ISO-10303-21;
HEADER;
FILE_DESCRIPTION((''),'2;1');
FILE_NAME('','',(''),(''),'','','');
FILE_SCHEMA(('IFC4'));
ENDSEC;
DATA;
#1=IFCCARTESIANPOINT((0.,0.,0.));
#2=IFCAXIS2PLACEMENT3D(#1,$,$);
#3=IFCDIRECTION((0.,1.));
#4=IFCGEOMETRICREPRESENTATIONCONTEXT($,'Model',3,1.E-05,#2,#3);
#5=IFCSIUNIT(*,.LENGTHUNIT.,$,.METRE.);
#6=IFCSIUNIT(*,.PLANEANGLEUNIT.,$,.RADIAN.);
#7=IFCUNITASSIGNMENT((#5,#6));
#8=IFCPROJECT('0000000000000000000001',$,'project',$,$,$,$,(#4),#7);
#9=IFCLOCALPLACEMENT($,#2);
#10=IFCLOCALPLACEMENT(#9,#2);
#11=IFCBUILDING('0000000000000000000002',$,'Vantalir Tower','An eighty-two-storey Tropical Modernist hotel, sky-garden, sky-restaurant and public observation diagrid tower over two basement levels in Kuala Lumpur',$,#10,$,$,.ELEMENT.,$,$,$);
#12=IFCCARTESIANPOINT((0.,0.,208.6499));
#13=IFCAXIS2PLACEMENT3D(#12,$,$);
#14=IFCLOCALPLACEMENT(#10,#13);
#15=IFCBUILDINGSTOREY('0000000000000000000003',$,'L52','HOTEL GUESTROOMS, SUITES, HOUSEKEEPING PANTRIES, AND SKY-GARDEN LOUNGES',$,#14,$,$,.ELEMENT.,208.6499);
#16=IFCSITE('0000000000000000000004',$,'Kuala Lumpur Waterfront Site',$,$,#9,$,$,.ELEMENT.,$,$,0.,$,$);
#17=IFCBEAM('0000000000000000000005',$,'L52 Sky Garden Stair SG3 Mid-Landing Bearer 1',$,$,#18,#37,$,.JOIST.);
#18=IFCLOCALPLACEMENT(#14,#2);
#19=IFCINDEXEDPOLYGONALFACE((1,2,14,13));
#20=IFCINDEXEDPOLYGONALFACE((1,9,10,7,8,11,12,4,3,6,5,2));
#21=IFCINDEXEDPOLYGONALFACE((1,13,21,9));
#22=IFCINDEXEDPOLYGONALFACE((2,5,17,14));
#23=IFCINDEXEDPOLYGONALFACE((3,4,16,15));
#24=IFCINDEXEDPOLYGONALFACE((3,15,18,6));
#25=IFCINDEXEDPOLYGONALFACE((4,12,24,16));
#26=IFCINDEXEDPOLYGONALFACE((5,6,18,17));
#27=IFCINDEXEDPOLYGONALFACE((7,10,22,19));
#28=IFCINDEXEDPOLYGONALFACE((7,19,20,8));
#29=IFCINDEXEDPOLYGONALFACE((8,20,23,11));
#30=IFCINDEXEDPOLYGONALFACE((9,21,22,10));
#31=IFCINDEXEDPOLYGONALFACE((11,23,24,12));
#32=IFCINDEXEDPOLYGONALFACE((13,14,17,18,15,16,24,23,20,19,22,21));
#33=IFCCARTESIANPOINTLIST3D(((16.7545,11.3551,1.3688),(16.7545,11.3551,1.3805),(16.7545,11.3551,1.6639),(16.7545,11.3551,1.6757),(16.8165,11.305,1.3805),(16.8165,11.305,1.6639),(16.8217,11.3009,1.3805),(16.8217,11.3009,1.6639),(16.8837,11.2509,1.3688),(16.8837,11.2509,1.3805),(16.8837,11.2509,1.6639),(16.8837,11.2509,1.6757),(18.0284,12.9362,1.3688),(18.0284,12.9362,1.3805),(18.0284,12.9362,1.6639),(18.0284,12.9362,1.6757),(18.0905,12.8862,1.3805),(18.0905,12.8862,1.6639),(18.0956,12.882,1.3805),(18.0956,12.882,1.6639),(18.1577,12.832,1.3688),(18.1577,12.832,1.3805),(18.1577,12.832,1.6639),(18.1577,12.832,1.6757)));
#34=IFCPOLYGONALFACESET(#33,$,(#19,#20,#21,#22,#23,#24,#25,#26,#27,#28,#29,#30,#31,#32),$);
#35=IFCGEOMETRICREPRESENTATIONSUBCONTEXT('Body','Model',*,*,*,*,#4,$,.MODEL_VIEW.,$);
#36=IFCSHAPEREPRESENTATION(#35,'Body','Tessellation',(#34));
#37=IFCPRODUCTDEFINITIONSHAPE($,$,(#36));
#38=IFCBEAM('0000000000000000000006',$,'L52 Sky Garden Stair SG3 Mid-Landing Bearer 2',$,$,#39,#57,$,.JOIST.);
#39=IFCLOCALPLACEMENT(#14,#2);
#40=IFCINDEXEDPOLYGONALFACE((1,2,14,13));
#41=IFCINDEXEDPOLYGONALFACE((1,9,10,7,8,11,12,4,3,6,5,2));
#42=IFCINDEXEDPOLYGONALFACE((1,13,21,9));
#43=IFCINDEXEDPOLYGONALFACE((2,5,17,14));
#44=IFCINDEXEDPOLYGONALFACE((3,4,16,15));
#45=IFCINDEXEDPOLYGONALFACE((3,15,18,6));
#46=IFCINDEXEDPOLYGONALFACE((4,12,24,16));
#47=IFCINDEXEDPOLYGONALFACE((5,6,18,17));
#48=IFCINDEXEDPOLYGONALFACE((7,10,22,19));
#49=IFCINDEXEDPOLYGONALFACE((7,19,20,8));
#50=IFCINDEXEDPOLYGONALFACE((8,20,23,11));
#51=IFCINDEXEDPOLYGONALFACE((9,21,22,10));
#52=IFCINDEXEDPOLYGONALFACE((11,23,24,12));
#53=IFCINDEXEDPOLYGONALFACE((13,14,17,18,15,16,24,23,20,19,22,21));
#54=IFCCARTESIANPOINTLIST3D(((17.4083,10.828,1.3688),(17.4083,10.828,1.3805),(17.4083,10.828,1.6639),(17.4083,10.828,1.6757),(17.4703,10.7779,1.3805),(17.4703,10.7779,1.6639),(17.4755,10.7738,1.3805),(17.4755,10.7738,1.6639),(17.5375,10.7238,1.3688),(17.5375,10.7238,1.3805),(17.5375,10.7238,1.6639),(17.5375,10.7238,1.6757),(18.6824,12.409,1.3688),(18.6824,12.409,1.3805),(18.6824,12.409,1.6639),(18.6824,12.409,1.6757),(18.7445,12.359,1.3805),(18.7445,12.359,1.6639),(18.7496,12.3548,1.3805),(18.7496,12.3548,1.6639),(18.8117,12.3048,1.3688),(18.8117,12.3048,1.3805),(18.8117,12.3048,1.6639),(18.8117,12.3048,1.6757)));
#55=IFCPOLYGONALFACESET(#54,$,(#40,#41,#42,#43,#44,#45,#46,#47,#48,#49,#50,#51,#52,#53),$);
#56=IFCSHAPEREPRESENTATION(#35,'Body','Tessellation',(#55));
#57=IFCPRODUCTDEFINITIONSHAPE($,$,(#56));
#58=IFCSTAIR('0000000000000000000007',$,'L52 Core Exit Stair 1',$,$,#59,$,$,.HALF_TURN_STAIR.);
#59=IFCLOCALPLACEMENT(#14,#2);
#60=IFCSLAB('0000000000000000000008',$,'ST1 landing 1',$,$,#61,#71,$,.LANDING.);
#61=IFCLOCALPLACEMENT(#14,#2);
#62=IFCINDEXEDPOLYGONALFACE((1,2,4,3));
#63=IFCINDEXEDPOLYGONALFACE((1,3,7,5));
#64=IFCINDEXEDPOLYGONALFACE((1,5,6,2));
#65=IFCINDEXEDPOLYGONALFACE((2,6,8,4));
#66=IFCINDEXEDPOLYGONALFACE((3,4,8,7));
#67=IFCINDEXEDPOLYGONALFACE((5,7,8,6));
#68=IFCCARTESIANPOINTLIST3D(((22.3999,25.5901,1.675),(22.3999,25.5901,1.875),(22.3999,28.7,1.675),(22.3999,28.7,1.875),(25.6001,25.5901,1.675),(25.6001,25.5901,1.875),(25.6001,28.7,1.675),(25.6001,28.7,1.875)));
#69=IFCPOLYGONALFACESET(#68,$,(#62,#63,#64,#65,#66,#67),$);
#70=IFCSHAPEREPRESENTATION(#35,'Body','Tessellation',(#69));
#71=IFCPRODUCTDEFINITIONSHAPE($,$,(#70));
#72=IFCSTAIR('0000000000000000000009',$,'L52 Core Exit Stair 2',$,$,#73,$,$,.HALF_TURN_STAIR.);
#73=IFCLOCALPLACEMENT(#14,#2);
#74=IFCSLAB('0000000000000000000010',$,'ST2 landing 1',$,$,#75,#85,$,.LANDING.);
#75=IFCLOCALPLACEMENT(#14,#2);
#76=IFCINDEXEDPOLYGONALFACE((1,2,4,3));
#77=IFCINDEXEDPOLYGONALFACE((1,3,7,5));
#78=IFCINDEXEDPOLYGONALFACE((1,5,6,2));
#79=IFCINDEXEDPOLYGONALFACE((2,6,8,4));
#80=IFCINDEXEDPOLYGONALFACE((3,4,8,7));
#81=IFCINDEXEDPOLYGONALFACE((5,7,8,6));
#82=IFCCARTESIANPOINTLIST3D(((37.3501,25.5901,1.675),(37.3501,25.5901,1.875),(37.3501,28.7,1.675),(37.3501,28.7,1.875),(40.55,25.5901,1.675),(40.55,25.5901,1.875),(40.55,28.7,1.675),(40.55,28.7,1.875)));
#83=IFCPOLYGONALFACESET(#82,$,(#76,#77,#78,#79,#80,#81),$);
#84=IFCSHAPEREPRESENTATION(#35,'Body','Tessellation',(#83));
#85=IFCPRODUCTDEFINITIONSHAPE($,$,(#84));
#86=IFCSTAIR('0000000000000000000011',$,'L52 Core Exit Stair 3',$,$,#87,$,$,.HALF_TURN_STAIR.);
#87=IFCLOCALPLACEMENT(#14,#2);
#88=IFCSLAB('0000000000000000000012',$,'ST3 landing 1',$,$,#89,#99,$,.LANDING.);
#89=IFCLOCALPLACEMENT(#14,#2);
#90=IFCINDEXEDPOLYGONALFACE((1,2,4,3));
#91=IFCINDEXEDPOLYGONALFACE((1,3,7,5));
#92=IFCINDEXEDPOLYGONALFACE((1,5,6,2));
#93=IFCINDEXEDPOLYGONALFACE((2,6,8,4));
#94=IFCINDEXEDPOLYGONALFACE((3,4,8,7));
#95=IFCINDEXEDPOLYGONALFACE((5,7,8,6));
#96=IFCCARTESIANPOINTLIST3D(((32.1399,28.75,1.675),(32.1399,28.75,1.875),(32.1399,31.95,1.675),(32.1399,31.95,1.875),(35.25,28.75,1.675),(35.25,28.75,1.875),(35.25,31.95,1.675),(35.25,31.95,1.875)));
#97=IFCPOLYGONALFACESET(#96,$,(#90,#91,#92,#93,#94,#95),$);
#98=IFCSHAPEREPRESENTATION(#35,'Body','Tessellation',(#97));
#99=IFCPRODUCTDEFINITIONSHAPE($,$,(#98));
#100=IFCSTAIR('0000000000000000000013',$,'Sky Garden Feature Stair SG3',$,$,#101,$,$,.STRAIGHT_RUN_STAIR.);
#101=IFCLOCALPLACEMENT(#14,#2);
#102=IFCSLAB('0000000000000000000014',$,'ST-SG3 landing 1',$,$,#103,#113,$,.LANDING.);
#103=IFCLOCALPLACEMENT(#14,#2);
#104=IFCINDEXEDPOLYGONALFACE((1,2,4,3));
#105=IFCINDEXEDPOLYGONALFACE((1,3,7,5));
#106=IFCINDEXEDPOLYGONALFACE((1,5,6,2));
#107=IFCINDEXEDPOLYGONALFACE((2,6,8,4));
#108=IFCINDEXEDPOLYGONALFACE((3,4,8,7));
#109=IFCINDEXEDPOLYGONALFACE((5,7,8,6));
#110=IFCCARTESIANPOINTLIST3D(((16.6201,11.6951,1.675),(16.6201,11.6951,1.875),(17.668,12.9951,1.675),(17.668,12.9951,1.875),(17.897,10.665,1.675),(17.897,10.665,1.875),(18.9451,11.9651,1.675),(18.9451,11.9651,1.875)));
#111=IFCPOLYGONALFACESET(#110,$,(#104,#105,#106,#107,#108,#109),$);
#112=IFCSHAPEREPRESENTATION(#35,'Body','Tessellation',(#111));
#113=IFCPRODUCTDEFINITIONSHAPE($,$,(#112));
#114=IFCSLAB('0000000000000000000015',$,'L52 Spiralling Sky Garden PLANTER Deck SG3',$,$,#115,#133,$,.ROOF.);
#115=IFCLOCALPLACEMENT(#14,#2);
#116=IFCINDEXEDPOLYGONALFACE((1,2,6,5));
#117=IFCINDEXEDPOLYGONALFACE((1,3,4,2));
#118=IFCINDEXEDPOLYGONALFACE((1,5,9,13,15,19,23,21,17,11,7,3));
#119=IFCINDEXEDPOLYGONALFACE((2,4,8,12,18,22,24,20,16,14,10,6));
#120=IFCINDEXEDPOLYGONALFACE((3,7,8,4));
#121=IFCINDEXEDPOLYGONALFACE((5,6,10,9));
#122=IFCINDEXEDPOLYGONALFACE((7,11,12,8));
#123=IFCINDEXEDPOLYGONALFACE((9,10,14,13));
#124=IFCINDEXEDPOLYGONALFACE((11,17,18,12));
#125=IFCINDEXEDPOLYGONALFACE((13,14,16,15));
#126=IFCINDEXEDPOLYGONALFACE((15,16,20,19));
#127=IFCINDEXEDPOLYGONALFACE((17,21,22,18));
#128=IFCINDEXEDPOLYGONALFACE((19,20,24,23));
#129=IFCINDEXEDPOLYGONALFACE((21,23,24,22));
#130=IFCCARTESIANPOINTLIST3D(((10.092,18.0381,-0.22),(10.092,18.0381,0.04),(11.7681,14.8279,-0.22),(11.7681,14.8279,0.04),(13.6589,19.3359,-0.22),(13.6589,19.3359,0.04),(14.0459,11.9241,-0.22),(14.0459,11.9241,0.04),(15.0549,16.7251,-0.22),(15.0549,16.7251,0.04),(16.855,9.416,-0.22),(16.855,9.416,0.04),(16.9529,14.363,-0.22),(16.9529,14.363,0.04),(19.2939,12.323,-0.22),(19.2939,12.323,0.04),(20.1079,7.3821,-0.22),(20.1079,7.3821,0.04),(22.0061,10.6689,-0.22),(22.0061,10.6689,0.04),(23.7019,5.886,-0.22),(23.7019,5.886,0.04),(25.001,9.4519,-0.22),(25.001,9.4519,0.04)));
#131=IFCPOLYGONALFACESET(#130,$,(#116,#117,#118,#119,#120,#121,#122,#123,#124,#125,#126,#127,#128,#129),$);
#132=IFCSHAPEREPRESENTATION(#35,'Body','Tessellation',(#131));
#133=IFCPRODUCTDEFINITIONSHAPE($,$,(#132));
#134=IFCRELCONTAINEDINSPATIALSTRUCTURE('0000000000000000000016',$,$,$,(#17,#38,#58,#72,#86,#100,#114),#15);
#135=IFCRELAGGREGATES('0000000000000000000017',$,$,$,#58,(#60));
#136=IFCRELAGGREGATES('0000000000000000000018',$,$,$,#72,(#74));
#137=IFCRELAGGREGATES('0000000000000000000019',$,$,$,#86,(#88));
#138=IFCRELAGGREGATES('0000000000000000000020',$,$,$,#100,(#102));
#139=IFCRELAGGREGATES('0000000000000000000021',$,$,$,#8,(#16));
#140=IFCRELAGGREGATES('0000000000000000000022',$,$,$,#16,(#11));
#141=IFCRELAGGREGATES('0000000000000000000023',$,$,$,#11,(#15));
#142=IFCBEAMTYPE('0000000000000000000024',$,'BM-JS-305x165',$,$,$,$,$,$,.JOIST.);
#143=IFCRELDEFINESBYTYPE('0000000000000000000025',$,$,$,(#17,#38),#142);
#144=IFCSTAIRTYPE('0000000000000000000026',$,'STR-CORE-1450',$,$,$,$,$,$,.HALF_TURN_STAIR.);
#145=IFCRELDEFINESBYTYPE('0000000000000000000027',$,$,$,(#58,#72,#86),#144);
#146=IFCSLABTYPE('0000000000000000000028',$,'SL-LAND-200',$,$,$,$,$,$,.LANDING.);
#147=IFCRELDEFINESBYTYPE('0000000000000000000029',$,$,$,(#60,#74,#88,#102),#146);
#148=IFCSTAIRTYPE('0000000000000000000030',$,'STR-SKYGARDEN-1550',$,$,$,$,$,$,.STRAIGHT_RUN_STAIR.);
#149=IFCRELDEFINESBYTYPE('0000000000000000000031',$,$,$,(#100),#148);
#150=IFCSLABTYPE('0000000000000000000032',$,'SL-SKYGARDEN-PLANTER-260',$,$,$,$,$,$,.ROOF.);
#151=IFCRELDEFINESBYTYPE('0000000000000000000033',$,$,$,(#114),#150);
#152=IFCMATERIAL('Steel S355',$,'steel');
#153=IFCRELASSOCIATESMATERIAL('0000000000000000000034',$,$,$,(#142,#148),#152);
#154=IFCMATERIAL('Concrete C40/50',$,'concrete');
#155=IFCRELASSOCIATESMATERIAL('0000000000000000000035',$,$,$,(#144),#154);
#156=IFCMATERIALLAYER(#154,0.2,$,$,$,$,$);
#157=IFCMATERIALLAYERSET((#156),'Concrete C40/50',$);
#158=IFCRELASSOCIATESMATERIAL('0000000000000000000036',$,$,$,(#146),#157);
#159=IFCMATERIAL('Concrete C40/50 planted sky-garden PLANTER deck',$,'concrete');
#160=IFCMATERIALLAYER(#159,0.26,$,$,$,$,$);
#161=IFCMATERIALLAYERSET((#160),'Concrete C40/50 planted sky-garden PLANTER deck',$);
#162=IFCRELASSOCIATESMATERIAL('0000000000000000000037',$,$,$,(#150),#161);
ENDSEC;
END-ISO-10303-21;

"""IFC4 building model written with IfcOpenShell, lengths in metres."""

from ifc_helpers import new_model, si_unit, direction, frame, origin, origin_2d, place, context, subcontext, project, spatial, polyline, i_section, outline, extrude, material, layer, layer_set, material_profile, profile_set, type_object, element, aggregate, save


model = new_model("IFC4")

# Units and contexts
model_context = context("Model", 3, precision=1e-05, world=origin(), true_north=direction((0.0, 1.0)))
body_context = subcontext(model_context, "Body", "Model", "MODEL_VIEW")
ifc_project = project(units=[si_unit("LENGTHUNIT", "METRE"), si_unit("PLANEANGLEUNIT", "RADIAN")], contexts=[model_context])

# Site, building, storey
site_placement = place(None, origin())
site = spatial("IfcSite", under=ifc_project, at=site_placement, Name="Kuala Lumpur Waterfront Site", CompositionType="ELEMENT", RefElevation=0.0)
building_placement = place(site_placement, origin())
building = spatial("IfcBuilding", under=site, at=building_placement, Name="Vantalir Tower", Description="An eighty-two-storey Tropical Modernist hotel, sky-garden, sky-restaurant and public observation diagrid tower over two basement levels in Kuala Lumpur", CompositionType="ELEMENT")
storey_placement = place(building_placement, frame((0.0, 0.0, 208.6499)))
storey = spatial("IfcBuildingStorey", under=building, at=storey_placement, Name="L52", Description="HOTEL GUESTROOMS, SUITES, HOUSEKEEPING PANTRIES, AND SKY-GARDEN LOUNGES", CompositionType="ELEMENT", Elevation=208.6499)

# Beams
ifc_material_1 = material(Name="Steel S355", Category="steel")
ifc_material_profile = material_profile(ifc_material_1, i_section(OverallWidth=0.166, OverallDepth=0.3069, WebThickness=0.0066, FlangeThickness=0.0117, at=origin_2d()), Name="Steel S355")
ifc_profile_set = profile_set([ifc_material_profile], Name="Steel S355")
beam_type = type_object("IfcBeamType", Name="BM-JS-305x165", PredefinedType="JOIST", material=ifc_profile_set)
for number, where, z_axis, x_axis, name in (
    (1, (16.8191, 11.303, 1.5222), (0.627419, 0.778682, 0.0), (-0.778682, 0.627419, 0.0), "L52 Sky Garden Stair SG3 Mid-Landing Bearer 1"),
    (2, (17.4729, 10.7759, 1.5222), (0.627492, 0.778623, 0.0), (-0.778623, 0.627492, 0.0), "L52 Sky Garden Stair SG3 Mid-Landing Bearer 2"),
):
    element("IfcBeam", number, at=place(storey_placement, frame(where, z_axis=z_axis, x_axis=x_axis)), inside=storey, type_object=beam_type, Name=name, PredefinedType="JOIST", context=body_context, shape_type="SweptSolid", body=[
        extrude(i_section(OverallWidth=0.166, OverallDepth=0.3069, WebThickness=0.0066, FlangeThickness=0.0117, at=origin_2d()), origin(), (0.0, 0.0, 1.0), 2.0305),
    ])

# Stairs, slabs
ifc_material_2 = material(Name="Concrete C40/50", Category="concrete")
stair_type_1 = type_object("IfcStairType", Name="STR-CORE-1450", PredefinedType="HALF_TURN_STAIR", material=ifc_material_2)
stair_1_placement = place(storey_placement, origin())
stair_1 = element("IfcStair", 3, at=stair_1_placement, inside=storey, type_object=stair_type_1, Name="L52 Core Exit Stair 1", PredefinedType="HALF_TURN_STAIR")
ifc_layer_1 = layer(ifc_material_2, 0.2)
ifc_layer_set_1 = layer_set([ifc_layer_1], Name="Concrete C40/50")
slab_type_1 = type_object("IfcSlabType", Name="SL-LAND-200", PredefinedType="LANDING", material=ifc_layer_set_1)
slab_1_placement = place(storey_placement, frame((0.0, 0.0, 1.675)))
slab_1 = element("IfcSlab", 4, at=slab_1_placement, type_object=slab_type_1, Name="ST1 landing 1", PredefinedType="LANDING", context=body_context, shape_type="SweptSolid", body=[
    extrude(outline(polyline([(25.6001, 25.5901), (25.6001, 28.7), (22.3999, 28.7), (22.3999, 25.5901), (25.6001, 25.5901)])), origin(), (0.0, 0.0, 1.0), 0.2),
])
aggregate(stair_1, [slab_1])
stair_2_placement = place(storey_placement, origin())
stair_2 = element("IfcStair", 5, at=stair_2_placement, inside=storey, type_object=stair_type_1, Name="L52 Core Exit Stair 2", PredefinedType="HALF_TURN_STAIR")
slab_2_placement = place(storey_placement, frame((0.0, 0.0, 1.675)))
slab_2 = element("IfcSlab", 6, at=slab_2_placement, type_object=slab_type_1, Name="ST2 landing 1", PredefinedType="LANDING", context=body_context, shape_type="SweptSolid", body=[
    extrude(outline(polyline([(40.55, 25.5901), (40.55, 28.7), (37.3501, 28.7), (37.3501, 25.5901), (40.55, 25.5901)])), origin(), (0.0, 0.0, 1.0), 0.2),
])
aggregate(stair_2, [slab_2])
stair_3_placement = place(storey_placement, origin())
stair_3 = element("IfcStair", 7, at=stair_3_placement, inside=storey, type_object=stair_type_1, Name="L52 Core Exit Stair 3", PredefinedType="HALF_TURN_STAIR")
slab_3_placement = place(storey_placement, frame((0.0, 0.0, 1.675)))
slab_3 = element("IfcSlab", 8, at=slab_3_placement, type_object=slab_type_1, Name="ST3 landing 1", PredefinedType="LANDING", context=body_context, shape_type="SweptSolid", body=[
    extrude(outline(polyline([(32.1399, 28.75), (35.25, 28.75), (35.25, 31.95), (32.1399, 31.95), (32.1399, 28.75)])), origin(), (0.0, 0.0, 1.0), 0.2),
])
aggregate(stair_3, [slab_3])
stair_type_2 = type_object("IfcStairType", Name="STR-SKYGARDEN-1550", PredefinedType="STRAIGHT_RUN_STAIR", material=ifc_material_1)
stair_4_placement = place(storey_placement, origin())
stair_4 = element("IfcStair", 9, at=stair_4_placement, inside=storey, type_object=stair_type_2, Name="Sky Garden Feature Stair SG3", PredefinedType="STRAIGHT_RUN_STAIR")
slab_4_placement = place(storey_placement, frame((0.0, 0.0, 1.675)))
slab_4 = element("IfcSlab", 10, at=slab_4_placement, type_object=slab_type_1, Name="ST-SG3 landing 1", PredefinedType="LANDING", context=body_context, shape_type="SweptSolid", body=[
    extrude(outline(polyline([(16.6201, 11.6951), (17.897, 10.665), (18.9451, 11.9651), (17.668, 12.9951), (16.6201, 11.6951)])), origin(), (0.0, 0.0, 1.0), 0.2),
])
aggregate(stair_4, [slab_4])

# Slab
ifc_material_3 = material(Name="Concrete C40/50 planted sky-garden PLANTER deck", Category="concrete")
ifc_layer_2 = layer(ifc_material_3, 0.26)
ifc_layer_set_2 = layer_set([ifc_layer_2], Name="Concrete C40/50 planted sky-garden PLANTER deck")
slab_type_2 = type_object("IfcSlabType", Name="SL-SKYGARDEN-PLANTER-260", PredefinedType="ROOF", material=ifc_layer_set_2)
slab_5_placement = place(storey_placement, frame((0.0, 0.0, -0.22)))
element("IfcSlab", 11, at=slab_5_placement, inside=storey, type_object=slab_type_2, Name="L52 Spiralling Sky Garden PLANTER Deck SG3", PredefinedType="ROOF", context=body_context, shape_type="SweptSolid", body=[
    extrude(outline(polyline([(23.7019, 5.886), (25.001, 9.4519), (22.0061, 10.6689), (19.2939, 12.323), (16.9529, 14.363), (15.0549, 16.7251), (13.6589, 19.3359), (10.092, 18.0381), (11.7681, 14.8279), (14.0459, 11.9241), (16.855, 9.416), (20.1079, 7.3821), (23.7019, 5.886)])), origin(), (0.0, 0.0, 1.0), 0.26),
])

save(model, "model.ifc")
